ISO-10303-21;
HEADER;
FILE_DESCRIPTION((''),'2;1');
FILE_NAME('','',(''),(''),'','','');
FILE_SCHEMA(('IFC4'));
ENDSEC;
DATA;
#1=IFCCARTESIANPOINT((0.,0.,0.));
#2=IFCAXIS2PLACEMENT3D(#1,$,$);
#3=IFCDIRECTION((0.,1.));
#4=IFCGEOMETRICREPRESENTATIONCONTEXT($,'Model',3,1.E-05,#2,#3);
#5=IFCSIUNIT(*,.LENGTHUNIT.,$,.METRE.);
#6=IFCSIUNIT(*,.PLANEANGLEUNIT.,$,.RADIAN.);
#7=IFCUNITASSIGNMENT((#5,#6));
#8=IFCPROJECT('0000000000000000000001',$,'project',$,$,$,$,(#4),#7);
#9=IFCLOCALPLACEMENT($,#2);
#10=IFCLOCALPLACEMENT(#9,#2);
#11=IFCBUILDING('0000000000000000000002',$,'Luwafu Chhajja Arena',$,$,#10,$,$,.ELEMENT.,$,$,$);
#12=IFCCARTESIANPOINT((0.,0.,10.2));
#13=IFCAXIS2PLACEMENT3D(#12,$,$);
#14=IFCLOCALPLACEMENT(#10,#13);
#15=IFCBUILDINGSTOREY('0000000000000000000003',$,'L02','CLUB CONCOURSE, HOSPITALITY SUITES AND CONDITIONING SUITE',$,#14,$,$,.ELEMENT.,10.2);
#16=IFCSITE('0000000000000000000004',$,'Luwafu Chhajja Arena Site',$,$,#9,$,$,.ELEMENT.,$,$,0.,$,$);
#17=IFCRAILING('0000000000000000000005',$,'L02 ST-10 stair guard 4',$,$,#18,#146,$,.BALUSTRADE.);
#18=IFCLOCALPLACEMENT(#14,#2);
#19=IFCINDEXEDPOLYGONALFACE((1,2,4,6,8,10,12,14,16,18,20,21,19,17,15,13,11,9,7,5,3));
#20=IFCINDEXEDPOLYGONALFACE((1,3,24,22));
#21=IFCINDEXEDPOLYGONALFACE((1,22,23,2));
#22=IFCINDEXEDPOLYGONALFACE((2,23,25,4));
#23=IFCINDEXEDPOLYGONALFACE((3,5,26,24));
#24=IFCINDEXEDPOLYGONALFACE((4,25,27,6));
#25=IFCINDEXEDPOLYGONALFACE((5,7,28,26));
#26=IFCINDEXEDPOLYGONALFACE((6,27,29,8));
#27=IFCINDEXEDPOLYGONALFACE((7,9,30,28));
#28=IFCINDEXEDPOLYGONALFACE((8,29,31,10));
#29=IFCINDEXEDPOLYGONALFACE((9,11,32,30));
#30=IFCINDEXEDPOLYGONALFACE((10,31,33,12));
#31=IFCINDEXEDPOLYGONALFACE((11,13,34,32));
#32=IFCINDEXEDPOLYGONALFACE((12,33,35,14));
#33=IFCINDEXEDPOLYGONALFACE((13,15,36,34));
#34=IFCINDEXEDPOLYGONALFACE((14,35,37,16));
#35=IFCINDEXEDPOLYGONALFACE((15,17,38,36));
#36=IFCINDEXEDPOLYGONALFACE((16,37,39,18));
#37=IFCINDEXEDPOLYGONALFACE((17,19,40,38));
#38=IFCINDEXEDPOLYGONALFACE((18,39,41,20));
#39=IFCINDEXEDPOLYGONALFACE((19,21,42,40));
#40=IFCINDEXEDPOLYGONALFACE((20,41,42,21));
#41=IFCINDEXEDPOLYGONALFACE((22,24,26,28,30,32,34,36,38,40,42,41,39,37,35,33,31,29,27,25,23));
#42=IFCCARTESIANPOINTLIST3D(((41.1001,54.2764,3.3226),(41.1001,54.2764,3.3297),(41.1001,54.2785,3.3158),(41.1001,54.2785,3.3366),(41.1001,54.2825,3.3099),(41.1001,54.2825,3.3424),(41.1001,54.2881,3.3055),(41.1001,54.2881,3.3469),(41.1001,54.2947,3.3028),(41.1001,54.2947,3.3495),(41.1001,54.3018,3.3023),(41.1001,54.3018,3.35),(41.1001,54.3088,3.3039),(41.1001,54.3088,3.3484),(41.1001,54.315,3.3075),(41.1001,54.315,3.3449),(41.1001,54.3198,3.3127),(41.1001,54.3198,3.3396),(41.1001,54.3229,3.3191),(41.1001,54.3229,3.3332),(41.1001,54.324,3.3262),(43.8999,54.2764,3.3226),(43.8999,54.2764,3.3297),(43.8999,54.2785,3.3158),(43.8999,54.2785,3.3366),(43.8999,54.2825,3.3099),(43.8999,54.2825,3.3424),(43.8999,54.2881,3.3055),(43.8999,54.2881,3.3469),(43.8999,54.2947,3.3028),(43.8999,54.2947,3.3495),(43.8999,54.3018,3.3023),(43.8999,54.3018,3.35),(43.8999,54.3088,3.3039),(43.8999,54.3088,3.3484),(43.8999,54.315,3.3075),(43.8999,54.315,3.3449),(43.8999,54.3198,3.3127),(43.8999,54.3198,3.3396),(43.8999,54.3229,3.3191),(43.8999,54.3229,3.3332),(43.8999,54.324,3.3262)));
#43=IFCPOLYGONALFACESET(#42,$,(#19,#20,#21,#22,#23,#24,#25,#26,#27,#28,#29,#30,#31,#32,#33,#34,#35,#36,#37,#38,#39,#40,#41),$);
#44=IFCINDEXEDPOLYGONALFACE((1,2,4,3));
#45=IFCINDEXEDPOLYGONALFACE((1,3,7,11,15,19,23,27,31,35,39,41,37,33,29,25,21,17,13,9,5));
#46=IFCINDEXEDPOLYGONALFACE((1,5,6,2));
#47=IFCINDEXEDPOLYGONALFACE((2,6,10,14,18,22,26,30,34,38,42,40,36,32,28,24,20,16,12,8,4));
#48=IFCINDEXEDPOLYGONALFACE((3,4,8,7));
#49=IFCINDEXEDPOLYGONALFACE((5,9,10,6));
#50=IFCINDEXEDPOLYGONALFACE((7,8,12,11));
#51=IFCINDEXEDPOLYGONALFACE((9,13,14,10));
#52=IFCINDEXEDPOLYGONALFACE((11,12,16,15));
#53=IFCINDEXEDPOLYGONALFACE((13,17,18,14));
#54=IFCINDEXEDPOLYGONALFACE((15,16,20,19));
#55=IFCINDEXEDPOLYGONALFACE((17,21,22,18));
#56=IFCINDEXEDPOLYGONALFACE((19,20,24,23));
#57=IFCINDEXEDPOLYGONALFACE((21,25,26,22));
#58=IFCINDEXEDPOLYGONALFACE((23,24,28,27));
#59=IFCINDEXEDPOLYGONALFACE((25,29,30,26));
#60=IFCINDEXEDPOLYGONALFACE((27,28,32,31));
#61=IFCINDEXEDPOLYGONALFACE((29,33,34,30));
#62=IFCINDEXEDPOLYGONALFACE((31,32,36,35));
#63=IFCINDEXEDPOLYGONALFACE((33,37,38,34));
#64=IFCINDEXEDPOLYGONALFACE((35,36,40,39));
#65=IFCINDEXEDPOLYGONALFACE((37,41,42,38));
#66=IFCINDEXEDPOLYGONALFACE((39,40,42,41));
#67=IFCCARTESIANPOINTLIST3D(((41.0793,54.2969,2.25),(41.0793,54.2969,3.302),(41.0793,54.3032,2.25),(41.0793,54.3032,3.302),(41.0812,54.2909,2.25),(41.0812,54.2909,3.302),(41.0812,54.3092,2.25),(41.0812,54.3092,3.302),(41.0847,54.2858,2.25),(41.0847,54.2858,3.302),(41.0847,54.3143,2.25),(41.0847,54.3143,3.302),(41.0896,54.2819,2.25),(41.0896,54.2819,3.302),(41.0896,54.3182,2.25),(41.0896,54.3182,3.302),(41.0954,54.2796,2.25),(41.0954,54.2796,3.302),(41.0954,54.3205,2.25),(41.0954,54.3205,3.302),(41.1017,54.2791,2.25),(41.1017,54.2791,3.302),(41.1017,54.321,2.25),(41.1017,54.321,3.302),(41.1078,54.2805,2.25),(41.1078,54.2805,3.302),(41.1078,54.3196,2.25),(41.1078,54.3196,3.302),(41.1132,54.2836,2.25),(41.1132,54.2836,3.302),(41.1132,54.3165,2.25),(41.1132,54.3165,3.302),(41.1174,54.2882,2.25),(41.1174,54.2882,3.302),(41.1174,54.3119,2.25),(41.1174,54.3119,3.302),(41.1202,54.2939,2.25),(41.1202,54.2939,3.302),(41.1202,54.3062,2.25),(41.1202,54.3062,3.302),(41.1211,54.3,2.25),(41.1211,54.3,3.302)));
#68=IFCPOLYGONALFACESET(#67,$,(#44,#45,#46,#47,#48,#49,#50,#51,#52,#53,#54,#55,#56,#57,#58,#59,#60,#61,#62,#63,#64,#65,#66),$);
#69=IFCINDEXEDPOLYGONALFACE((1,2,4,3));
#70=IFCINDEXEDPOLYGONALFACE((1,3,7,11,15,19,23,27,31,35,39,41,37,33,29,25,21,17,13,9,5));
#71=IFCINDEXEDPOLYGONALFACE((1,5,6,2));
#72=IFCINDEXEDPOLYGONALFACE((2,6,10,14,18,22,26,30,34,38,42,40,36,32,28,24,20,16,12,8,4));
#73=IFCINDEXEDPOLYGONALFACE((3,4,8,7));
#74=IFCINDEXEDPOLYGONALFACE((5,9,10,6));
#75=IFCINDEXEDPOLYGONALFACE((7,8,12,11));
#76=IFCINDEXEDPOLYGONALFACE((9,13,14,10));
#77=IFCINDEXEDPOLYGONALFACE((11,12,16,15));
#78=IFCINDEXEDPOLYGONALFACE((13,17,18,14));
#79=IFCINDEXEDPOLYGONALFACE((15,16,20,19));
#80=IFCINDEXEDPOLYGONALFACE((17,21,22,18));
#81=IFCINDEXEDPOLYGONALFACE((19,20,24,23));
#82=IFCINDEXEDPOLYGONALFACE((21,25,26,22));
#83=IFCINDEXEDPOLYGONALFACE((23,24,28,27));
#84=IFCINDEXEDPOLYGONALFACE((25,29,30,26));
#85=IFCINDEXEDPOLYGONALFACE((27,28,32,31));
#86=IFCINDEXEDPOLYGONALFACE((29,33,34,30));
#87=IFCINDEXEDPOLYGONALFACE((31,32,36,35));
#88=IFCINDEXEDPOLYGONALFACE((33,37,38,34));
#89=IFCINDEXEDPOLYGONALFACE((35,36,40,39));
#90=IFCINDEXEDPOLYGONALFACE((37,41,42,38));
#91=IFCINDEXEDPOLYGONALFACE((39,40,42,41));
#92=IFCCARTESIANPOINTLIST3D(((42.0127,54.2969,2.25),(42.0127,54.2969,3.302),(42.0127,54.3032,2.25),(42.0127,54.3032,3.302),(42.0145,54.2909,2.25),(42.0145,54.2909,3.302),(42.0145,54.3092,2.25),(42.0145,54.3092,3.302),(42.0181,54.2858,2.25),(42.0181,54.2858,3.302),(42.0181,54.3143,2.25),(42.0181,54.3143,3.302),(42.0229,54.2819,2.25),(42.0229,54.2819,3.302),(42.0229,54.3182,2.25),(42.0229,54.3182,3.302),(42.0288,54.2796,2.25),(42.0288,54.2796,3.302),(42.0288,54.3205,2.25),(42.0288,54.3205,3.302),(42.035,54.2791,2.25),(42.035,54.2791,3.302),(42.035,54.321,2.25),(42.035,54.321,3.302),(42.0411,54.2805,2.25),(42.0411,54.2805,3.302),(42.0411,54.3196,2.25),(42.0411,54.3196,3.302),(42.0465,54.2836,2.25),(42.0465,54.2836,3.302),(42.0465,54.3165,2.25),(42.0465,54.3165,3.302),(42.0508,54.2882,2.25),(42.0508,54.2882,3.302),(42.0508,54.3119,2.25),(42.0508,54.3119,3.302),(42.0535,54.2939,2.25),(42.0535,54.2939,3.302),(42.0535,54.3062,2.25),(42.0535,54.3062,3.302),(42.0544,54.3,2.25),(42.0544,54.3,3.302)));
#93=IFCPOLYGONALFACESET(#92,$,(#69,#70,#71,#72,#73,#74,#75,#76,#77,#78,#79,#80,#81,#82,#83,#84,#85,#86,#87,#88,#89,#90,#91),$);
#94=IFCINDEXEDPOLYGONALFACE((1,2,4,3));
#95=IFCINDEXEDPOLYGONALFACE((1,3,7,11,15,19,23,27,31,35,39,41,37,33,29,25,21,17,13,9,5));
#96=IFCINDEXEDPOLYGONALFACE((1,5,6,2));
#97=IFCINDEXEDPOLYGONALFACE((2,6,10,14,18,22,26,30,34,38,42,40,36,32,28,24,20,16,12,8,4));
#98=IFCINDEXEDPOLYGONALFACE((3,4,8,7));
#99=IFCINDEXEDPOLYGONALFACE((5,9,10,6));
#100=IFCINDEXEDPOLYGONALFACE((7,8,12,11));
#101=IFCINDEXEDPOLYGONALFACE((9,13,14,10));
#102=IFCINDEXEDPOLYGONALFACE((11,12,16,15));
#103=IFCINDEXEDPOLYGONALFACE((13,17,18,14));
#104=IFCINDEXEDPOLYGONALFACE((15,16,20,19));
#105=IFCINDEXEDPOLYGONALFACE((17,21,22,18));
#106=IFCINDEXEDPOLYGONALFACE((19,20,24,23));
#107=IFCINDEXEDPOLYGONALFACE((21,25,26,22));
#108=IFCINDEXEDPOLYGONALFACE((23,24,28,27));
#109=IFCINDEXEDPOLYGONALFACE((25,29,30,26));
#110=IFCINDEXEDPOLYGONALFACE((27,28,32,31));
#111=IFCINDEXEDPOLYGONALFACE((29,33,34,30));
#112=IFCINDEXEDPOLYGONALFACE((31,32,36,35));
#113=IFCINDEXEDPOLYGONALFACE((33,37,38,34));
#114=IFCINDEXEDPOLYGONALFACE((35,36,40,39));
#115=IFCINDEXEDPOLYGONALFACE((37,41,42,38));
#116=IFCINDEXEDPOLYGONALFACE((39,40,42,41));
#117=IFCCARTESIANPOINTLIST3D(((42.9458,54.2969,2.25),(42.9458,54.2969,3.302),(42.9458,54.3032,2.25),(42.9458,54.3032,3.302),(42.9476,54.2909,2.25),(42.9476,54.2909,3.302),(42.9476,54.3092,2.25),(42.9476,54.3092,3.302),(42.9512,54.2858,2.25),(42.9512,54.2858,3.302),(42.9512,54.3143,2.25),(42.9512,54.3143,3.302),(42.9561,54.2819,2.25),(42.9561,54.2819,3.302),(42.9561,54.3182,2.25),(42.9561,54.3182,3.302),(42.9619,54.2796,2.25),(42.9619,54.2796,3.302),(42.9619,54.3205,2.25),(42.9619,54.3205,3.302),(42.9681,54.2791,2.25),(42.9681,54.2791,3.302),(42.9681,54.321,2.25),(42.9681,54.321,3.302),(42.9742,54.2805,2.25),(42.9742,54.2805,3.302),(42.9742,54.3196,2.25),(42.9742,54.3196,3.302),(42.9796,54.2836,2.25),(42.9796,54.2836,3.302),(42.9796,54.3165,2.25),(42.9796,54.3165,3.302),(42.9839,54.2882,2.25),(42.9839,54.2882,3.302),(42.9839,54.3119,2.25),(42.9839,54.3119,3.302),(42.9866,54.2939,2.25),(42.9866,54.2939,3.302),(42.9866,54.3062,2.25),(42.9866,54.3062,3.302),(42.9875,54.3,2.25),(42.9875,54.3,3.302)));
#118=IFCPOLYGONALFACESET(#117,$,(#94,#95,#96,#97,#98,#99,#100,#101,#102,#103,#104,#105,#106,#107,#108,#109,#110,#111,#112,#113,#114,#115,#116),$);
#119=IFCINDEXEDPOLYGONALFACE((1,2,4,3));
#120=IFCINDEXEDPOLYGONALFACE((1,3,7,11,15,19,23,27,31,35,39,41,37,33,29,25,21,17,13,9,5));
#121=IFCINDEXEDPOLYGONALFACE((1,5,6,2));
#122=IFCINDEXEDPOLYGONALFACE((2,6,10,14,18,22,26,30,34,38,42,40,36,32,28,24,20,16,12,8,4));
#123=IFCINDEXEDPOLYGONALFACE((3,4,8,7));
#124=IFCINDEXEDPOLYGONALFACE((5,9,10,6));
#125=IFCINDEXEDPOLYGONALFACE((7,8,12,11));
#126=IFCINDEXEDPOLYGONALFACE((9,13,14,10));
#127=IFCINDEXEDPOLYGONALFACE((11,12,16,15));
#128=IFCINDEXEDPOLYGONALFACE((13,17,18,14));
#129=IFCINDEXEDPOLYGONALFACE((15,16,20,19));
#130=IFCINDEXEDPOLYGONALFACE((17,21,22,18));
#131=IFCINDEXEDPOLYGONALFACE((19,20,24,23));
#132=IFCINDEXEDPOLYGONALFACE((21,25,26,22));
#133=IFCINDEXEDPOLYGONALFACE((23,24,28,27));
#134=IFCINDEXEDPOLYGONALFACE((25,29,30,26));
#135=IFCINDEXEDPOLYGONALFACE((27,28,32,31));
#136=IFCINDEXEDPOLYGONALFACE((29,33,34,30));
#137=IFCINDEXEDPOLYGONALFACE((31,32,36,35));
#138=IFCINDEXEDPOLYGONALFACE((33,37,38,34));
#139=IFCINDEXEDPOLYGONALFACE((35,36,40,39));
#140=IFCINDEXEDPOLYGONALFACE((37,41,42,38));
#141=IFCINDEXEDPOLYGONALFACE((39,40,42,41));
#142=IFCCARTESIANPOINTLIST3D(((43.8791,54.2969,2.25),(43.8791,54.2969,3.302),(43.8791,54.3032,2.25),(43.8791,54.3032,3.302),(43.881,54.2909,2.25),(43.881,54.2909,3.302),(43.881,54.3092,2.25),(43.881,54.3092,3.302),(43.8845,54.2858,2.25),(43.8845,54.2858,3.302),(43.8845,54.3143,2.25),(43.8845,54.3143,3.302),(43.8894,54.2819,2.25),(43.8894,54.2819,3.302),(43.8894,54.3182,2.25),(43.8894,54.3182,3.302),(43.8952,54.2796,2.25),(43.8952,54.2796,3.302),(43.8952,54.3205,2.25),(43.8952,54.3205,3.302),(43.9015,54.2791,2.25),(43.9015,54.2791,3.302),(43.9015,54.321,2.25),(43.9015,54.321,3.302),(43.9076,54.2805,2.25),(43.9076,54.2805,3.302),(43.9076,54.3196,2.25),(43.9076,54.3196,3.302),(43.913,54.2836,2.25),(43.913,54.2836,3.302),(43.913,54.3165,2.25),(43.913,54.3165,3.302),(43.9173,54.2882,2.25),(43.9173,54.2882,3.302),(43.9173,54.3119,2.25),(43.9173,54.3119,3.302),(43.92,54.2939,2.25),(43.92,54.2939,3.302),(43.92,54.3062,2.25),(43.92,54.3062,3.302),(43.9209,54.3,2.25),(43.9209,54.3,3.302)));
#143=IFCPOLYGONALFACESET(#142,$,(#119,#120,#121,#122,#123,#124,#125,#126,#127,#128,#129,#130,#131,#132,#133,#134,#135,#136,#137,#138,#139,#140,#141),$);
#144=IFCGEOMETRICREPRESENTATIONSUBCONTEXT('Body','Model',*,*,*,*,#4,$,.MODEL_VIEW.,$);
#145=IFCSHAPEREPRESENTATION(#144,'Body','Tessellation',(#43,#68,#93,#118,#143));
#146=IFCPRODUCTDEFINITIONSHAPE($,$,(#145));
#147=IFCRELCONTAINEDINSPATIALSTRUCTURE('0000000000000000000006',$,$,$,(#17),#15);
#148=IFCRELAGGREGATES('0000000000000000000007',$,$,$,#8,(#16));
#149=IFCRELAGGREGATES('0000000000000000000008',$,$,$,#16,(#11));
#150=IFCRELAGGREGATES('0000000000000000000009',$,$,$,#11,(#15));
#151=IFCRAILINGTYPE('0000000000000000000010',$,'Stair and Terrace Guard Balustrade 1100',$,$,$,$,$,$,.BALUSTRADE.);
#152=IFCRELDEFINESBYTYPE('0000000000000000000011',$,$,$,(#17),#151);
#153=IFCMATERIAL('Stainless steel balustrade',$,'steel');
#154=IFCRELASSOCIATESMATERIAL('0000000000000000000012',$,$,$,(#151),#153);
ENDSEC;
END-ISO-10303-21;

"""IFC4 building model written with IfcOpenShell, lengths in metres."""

from ifc_helpers import new_model, si_unit, direction, frame, origin, origin_2d, place, context, subcontext, project, spatial, circle, extrude, material, type_object, element, save


model = new_model("IFC4")

# Units and contexts
model_context = context("Model", 3, precision=1e-05, world=origin(), true_north=direction((0.0, 1.0)))
body_context = subcontext(model_context, "Body", "Model", "MODEL_VIEW")
ifc_project = project(units=[si_unit("LENGTHUNIT", "METRE"), si_unit("PLANEANGLEUNIT", "RADIAN")], contexts=[model_context])

# Site, building, storey
site_placement = place(None, origin())
site = spatial("IfcSite", under=ifc_project, at=site_placement, Name="Luwafu Chhajja Arena Site", CompositionType="ELEMENT", RefElevation=0.0)
building_placement = place(site_placement, origin())
building = spatial("IfcBuilding", under=site, at=building_placement, Name="Luwafu Chhajja Arena", CompositionType="ELEMENT")
storey_placement = place(building_placement, frame((0.0, 0.0, 10.2)))
storey = spatial("IfcBuildingStorey", under=building, at=storey_placement, Name="L02", Description="CLUB CONCOURSE, HOSPITALITY SUITES AND CONDITIONING SUITE", CompositionType="ELEMENT", Elevation=10.2)

# Railing
ifc_material_1 = material(Name="Stainless steel balustrade", Category="steel")
railing_type_1 = type_object("IfcRailingType", Name="Stair and Terrace Guard Balustrade 1100", PredefinedType="BALUSTRADE", material=ifc_material_1)
for number, where, name in (
    (1, (41.1001, 54.3, 2.25), "L02 ST-10 stair guard 4"),
):
    element("IfcRailing", number, at=place(storey_placement, frame(where)), inside=storey, type_object=railing_type_1, Name=name, PredefinedType="BALUSTRADE", context=body_context, shape_type="SweptSolid", body=[
        extrude(circle(Radius=0.0239, at=origin_2d()), frame((0.0, 0.0, 1.0762), z_axis=(1.0, 0.0, 0.0), x_axis=(0.0, 1.0, 0.0)), (0.0, 0.0, 1.0), 2.7998),
        extrude(circle(Radius=0.021, at=origin_2d()), origin(), (0.0, 0.0, 1.0), 1.052),
        extrude(circle(Radius=0.021, at=origin_2d()), frame((0.9333, 0.0, 0.0)), (0.0, 0.0, 1.0), 1.052),
        extrude(circle(Radius=0.021, at=origin_2d()), frame((1.8665, 0.0, 0.0)), (0.0, 0.0, 1.0), 1.052),
        extrude(circle(Radius=0.021, at=origin_2d()), frame((2.7998, 0.0, 0.0)), (0.0, 0.0, 1.0), 1.052),
    ])

save(model, "model.ifc")
